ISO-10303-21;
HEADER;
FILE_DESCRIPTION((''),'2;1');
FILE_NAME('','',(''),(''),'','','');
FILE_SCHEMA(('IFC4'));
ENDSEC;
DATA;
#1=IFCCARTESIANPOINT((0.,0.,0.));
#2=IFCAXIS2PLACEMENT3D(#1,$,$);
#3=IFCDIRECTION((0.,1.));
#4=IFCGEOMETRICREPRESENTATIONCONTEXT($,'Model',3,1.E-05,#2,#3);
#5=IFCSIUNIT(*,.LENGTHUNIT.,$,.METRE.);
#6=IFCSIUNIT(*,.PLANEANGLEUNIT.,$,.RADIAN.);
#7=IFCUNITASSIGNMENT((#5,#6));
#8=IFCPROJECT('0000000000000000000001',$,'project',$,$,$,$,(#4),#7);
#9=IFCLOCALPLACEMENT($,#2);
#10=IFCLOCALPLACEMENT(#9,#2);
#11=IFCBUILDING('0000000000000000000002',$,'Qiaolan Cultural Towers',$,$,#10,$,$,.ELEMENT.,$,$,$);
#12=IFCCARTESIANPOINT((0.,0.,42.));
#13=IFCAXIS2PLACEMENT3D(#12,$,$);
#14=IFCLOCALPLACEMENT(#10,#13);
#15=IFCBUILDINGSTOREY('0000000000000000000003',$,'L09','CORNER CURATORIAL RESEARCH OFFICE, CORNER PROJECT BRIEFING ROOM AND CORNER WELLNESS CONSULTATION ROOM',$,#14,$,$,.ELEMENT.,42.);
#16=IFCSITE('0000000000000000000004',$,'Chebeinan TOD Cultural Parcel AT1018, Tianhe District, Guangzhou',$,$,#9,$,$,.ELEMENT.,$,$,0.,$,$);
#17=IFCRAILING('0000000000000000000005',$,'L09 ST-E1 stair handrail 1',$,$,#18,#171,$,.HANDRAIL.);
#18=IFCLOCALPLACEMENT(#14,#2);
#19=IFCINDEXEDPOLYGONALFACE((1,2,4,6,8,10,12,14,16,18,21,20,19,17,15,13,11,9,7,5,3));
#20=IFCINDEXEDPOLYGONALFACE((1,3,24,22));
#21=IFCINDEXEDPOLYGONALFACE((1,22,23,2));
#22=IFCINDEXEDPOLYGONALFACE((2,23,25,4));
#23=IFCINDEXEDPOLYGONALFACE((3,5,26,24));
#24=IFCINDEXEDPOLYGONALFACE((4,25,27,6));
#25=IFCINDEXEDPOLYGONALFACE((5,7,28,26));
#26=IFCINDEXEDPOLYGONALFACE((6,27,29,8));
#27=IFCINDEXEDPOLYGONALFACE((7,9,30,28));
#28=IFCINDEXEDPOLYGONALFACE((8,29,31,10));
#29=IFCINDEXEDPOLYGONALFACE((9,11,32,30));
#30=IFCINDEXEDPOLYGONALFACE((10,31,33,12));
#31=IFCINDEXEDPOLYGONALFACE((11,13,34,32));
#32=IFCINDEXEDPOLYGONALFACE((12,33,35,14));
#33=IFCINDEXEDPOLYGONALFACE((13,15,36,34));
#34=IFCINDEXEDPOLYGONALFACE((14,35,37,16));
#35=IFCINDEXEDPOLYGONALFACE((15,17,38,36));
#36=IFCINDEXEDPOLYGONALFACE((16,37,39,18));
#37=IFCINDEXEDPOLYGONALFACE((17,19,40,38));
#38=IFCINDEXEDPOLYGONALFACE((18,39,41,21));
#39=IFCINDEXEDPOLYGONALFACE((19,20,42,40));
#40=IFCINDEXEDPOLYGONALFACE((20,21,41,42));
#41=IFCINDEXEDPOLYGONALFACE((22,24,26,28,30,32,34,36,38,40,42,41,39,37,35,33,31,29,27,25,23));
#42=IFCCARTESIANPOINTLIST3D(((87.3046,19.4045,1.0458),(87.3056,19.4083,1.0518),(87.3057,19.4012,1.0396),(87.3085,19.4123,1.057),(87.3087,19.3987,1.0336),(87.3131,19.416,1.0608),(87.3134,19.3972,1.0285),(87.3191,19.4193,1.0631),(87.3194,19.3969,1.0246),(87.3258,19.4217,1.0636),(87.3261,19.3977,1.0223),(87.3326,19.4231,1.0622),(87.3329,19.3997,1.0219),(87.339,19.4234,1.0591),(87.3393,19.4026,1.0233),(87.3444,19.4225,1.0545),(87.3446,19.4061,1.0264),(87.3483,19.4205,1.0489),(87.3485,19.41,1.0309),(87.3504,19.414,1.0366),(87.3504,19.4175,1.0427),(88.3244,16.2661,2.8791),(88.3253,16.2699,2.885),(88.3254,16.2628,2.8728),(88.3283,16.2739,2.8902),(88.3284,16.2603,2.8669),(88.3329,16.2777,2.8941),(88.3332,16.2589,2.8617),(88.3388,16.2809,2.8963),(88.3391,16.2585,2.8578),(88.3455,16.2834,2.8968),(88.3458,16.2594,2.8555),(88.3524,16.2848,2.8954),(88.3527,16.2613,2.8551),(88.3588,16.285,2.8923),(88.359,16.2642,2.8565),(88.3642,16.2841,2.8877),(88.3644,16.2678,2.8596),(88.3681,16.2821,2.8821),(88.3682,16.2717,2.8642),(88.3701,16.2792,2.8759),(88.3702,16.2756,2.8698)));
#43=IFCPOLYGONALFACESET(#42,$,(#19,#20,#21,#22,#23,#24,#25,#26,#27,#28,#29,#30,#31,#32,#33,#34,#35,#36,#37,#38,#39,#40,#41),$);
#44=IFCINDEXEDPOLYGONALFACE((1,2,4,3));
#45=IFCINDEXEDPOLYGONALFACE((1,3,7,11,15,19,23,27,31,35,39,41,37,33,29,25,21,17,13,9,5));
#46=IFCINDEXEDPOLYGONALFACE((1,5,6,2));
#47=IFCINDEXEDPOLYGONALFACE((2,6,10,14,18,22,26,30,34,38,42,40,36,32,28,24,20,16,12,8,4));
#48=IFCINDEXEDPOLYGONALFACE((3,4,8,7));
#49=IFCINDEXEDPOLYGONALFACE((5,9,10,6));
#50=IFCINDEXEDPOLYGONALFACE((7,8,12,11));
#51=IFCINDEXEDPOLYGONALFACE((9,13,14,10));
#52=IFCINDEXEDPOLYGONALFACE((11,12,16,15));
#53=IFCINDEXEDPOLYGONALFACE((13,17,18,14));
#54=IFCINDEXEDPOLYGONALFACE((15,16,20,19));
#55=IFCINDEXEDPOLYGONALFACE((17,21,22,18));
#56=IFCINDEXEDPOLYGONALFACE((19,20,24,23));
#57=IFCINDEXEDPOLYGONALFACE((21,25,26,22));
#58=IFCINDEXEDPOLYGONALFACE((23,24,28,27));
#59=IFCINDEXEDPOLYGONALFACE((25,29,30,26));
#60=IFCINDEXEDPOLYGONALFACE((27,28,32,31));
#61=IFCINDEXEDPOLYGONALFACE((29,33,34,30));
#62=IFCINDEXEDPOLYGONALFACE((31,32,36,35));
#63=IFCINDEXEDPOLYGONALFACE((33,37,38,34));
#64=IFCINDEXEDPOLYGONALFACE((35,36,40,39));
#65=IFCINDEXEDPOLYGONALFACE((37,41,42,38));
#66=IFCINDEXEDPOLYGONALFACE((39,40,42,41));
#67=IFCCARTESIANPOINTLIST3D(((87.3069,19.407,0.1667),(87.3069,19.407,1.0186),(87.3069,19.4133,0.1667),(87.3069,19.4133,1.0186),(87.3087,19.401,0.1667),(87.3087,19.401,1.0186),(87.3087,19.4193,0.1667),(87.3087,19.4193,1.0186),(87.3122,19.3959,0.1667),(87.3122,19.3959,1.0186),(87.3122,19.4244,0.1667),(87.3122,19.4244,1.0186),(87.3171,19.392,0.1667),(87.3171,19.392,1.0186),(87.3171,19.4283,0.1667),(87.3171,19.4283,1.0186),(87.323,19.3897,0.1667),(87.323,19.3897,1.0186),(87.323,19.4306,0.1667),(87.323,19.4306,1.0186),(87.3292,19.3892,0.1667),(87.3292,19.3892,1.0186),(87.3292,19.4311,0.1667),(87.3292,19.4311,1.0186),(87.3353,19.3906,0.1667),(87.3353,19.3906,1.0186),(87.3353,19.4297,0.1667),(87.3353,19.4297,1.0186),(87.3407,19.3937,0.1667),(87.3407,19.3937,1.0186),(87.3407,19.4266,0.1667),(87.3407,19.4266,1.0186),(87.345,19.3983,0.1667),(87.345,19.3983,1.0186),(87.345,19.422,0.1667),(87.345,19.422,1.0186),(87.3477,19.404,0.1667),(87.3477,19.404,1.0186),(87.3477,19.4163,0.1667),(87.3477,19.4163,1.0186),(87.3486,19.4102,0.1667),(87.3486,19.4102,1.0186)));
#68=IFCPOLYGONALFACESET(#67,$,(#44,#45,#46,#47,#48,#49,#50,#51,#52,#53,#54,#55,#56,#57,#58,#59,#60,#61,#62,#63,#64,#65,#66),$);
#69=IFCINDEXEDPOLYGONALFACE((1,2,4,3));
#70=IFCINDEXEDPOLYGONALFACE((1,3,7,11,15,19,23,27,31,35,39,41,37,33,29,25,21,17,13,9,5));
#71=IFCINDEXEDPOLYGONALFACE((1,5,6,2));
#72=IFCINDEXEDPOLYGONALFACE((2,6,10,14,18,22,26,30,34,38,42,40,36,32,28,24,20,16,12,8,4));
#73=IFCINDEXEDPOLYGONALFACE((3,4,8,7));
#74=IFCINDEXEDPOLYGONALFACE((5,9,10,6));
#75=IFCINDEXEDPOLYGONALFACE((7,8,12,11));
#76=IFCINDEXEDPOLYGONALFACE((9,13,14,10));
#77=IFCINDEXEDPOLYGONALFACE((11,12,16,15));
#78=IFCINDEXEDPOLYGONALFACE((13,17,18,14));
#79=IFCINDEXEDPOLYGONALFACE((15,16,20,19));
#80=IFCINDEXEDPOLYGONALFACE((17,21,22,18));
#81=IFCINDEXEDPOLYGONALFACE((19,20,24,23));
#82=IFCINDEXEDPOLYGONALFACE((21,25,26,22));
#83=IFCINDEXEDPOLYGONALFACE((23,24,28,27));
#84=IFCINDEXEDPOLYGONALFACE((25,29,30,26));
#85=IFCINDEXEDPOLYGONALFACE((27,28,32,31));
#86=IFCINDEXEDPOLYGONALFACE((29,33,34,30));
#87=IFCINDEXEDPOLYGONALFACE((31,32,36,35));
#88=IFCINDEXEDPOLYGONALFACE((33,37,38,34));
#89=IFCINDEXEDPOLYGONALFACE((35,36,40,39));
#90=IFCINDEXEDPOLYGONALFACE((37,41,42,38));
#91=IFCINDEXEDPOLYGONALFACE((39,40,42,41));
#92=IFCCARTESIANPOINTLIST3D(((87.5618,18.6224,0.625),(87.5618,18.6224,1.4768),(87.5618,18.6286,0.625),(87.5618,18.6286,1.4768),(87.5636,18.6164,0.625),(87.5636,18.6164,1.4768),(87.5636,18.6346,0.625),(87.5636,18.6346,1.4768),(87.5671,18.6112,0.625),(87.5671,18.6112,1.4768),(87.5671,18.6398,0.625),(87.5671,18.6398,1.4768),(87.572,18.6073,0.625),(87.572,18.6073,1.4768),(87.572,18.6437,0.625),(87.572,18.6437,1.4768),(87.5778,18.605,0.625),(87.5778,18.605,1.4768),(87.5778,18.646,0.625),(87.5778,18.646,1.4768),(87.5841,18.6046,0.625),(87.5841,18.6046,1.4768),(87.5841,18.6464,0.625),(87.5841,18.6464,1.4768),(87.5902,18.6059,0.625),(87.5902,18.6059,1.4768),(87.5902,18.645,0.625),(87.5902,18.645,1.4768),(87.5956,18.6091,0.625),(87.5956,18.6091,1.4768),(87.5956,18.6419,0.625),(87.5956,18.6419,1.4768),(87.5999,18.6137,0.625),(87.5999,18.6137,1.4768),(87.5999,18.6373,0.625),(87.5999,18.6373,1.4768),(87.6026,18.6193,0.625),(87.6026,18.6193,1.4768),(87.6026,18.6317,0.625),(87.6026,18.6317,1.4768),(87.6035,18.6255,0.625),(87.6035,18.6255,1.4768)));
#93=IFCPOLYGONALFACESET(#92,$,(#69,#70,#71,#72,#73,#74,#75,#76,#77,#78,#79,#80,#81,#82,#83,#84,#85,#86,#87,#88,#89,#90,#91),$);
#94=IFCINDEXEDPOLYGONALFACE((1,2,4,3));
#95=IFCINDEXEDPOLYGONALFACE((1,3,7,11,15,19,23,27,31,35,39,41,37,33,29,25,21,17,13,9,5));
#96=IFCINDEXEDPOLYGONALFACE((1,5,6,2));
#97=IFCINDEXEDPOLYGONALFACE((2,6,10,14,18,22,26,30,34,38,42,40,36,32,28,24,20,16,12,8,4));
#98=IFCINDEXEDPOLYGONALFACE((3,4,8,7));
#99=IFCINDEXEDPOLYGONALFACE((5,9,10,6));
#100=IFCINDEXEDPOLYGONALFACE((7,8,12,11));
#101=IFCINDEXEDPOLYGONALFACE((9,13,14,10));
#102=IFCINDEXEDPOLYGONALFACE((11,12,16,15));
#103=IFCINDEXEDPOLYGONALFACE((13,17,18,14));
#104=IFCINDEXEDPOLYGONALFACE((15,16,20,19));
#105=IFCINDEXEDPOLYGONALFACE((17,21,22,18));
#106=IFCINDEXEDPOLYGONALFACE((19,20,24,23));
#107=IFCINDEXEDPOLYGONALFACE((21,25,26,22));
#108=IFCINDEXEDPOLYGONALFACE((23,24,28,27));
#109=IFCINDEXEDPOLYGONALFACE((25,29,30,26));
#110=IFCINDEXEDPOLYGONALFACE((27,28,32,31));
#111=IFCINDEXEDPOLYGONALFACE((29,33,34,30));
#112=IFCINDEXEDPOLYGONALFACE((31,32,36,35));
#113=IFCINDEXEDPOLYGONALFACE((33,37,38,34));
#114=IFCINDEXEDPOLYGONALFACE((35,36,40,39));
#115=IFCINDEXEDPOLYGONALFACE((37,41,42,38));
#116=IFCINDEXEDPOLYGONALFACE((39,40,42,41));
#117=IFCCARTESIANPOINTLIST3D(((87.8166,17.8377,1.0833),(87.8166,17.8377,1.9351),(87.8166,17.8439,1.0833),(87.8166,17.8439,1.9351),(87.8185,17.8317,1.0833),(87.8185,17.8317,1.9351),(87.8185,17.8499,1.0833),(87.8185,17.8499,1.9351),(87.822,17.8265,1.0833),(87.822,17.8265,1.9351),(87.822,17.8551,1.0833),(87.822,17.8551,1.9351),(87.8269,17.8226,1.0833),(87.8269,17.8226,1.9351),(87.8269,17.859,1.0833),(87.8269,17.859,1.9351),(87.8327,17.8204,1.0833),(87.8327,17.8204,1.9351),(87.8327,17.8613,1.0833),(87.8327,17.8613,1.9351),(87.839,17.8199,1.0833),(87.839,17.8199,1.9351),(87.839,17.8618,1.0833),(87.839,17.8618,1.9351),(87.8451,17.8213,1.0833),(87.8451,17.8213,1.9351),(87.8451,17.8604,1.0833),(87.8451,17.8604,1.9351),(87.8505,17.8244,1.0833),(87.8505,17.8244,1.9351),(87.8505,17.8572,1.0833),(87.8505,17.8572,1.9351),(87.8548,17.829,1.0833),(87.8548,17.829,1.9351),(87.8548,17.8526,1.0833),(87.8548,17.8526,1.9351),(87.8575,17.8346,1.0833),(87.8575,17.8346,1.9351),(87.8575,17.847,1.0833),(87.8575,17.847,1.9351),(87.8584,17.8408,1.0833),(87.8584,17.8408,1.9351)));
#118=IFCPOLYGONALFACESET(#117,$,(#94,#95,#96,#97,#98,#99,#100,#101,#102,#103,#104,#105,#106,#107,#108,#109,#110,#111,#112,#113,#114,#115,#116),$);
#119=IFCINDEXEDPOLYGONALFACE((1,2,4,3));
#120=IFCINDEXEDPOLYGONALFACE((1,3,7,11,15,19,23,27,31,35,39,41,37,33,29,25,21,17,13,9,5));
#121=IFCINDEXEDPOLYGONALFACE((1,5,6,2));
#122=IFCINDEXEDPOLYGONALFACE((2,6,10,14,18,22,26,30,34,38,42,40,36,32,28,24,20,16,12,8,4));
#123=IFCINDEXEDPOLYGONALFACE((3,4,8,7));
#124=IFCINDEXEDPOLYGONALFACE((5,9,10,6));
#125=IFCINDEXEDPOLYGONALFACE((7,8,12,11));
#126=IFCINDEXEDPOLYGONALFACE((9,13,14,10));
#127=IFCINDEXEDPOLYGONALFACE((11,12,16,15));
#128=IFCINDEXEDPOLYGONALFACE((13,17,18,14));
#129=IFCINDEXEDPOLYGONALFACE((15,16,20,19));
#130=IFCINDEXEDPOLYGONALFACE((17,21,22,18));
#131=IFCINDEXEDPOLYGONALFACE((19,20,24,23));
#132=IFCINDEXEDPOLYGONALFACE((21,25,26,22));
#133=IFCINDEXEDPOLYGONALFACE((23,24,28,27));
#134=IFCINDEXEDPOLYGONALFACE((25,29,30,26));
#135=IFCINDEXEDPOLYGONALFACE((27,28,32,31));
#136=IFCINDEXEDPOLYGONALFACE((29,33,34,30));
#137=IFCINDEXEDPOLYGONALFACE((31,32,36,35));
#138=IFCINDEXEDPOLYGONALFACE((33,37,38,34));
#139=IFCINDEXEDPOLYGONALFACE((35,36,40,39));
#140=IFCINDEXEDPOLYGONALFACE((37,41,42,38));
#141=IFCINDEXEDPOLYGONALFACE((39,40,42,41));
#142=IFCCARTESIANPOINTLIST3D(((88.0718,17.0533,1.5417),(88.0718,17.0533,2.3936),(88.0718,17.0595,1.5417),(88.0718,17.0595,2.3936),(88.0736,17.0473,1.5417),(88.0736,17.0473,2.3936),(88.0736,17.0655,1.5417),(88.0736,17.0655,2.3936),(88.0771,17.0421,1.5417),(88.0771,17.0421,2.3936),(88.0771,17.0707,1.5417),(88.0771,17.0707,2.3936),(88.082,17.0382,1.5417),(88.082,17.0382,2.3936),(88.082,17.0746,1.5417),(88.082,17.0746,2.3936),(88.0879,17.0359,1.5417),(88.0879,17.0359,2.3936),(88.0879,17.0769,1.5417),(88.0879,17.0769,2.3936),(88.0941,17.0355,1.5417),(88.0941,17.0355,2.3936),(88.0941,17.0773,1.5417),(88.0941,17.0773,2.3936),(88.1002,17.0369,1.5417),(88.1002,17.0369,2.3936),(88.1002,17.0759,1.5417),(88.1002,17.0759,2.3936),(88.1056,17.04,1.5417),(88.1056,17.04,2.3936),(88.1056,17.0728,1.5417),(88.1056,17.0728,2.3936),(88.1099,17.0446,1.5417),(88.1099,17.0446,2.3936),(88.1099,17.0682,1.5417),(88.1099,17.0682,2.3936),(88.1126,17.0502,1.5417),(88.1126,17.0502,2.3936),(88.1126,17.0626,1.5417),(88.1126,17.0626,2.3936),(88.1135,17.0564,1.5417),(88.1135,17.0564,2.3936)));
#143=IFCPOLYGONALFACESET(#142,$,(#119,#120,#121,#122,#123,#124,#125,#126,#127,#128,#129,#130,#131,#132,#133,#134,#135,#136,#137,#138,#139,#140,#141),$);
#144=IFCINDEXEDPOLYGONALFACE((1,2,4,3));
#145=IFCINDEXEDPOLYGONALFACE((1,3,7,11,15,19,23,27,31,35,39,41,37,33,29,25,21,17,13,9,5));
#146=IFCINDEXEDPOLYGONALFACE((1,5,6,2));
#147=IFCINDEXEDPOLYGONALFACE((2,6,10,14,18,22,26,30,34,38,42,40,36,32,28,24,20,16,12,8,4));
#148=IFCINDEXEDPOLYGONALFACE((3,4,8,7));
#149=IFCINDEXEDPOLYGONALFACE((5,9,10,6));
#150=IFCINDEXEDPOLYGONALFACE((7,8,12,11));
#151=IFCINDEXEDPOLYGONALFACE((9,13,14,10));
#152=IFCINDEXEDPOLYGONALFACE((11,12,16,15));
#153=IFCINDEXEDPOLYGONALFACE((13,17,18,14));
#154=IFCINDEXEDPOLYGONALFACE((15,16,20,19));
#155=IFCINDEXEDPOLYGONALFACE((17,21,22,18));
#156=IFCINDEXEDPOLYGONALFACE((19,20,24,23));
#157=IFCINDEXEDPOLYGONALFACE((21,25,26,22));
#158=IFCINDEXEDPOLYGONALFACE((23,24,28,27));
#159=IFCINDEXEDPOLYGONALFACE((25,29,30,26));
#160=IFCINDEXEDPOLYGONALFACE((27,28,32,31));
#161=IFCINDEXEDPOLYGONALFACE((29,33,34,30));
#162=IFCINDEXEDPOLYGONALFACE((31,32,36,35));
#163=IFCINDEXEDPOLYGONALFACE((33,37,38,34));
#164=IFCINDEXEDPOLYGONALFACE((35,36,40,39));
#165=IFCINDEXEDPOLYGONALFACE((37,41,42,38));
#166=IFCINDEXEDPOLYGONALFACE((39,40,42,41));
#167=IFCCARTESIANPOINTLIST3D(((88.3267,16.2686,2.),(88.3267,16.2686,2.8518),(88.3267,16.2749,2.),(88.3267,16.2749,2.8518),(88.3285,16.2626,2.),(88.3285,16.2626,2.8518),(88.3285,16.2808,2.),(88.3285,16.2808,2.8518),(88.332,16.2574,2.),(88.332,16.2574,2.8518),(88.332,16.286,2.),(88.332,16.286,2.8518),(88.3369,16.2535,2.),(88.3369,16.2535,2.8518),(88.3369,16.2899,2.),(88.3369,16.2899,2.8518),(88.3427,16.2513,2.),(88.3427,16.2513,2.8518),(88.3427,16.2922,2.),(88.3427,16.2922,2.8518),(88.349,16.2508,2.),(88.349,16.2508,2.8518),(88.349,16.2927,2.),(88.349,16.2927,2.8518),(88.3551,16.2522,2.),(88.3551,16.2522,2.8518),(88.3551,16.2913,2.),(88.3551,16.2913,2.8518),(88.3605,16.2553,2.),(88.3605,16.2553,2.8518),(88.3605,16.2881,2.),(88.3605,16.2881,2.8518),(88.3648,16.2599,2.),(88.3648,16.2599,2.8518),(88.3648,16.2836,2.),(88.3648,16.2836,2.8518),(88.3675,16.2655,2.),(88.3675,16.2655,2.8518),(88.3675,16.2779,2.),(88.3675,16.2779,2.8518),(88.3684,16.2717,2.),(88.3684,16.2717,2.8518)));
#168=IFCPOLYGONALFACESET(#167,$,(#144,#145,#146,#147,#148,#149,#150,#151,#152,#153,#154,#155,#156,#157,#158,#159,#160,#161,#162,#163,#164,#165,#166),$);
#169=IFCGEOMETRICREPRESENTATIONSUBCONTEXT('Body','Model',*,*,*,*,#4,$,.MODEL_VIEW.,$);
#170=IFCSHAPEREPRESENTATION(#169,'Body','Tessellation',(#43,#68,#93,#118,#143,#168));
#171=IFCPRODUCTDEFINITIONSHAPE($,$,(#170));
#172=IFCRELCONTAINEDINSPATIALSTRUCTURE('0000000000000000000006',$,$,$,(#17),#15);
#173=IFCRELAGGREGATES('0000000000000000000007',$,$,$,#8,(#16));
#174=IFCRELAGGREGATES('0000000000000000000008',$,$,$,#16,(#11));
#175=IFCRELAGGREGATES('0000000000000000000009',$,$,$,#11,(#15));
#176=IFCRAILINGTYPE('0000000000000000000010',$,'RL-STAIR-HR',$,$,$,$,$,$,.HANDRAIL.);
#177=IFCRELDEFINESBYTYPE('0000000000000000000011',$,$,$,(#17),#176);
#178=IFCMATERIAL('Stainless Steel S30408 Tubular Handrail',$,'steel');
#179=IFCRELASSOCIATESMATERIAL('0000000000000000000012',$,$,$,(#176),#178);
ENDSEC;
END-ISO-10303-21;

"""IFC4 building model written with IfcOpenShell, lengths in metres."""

from ifc_helpers import new_model, si_unit, direction, frame, origin, origin_2d, place, context, subcontext, project, spatial, circle, extrude, material, type_object, element, save


model = new_model("IFC4")

# Units and contexts
model_context = context("Model", 3, precision=1e-05, world=origin(), true_north=direction((0.0, 1.0)))
body_context = subcontext(model_context, "Body", "Model", "MODEL_VIEW")
ifc_project = project(units=[si_unit("LENGTHUNIT", "METRE"), si_unit("PLANEANGLEUNIT", "RADIAN")], contexts=[model_context])

# Site, building, storey
site_placement = place(None, origin())
site = spatial("IfcSite", under=ifc_project, at=site_placement, Name="Chebeinan TOD Cultural Parcel AT1018, Tianhe District, Guangzhou", CompositionType="ELEMENT", RefElevation=0.0)
building_placement = place(site_placement, origin())
building = spatial("IfcBuilding", under=site, at=building_placement, Name="Qiaolan Cultural Towers", CompositionType="ELEMENT")
storey_placement = place(building_placement, frame((0.0, 0.0, 42.0)))
storey = spatial("IfcBuildingStorey", under=building, at=storey_placement, Name="L09", Description="CORNER CURATORIAL RESEARCH OFFICE, CORNER PROJECT BRIEFING ROOM AND CORNER WELLNESS CONSULTATION ROOM", CompositionType="ELEMENT", Elevation=42.0)

# Railing
ifc_material_1 = material(Name="Stainless Steel S30408 Tubular Handrail", Category="steel")
railing_type_1 = type_object("IfcRailingType", Name="RL-STAIR-HR", PredefinedType="HANDRAIL", material=ifc_material_1)
railing_1_placement = place(storey_placement, frame((87.3276, 19.4102, 0.1667)))
element("IfcRailing", 1, at=railing_1_placement, inside=storey, type_object=railing_type_1, Name="L09 ST-E1 stair handrail 1", PredefinedType="HANDRAIL", context=body_context, shape_type="SweptSolid", body=[
    extrude(circle(Radius=0.0239, at=origin_2d()), frame((0.0, 0.0, 0.876), z_axis=(0.270141, -0.831376, 0.485632), x_axis=(0.951053, 0.309028, 0.0)), (0.0, 0.0, 1.0), 3.7749),
    extrude(circle(Radius=0.021, at=origin_2d()), origin(), (0.0, 0.0, 1.0), 0.8518),
    extrude(circle(Radius=0.021, at=origin_2d()), frame((0.2549, -0.7847, 0.4583)), (0.0, 0.0, 1.0), 0.8518),
    extrude(circle(Radius=0.021, at=origin_2d()), frame((0.5098, -1.5693, 0.9165)), (0.0, 0.0, 1.0), 0.8518),
    extrude(circle(Radius=0.021, at=origin_2d()), frame((0.7649, -2.3538, 1.375)), (0.0, 0.0, 1.0), 0.8518),
    extrude(circle(Radius=0.021, at=origin_2d()), frame((1.0198, -3.1384, 1.8333)), (0.0, 0.0, 1.0), 0.8518),
])

save(model, "model.ifc")
